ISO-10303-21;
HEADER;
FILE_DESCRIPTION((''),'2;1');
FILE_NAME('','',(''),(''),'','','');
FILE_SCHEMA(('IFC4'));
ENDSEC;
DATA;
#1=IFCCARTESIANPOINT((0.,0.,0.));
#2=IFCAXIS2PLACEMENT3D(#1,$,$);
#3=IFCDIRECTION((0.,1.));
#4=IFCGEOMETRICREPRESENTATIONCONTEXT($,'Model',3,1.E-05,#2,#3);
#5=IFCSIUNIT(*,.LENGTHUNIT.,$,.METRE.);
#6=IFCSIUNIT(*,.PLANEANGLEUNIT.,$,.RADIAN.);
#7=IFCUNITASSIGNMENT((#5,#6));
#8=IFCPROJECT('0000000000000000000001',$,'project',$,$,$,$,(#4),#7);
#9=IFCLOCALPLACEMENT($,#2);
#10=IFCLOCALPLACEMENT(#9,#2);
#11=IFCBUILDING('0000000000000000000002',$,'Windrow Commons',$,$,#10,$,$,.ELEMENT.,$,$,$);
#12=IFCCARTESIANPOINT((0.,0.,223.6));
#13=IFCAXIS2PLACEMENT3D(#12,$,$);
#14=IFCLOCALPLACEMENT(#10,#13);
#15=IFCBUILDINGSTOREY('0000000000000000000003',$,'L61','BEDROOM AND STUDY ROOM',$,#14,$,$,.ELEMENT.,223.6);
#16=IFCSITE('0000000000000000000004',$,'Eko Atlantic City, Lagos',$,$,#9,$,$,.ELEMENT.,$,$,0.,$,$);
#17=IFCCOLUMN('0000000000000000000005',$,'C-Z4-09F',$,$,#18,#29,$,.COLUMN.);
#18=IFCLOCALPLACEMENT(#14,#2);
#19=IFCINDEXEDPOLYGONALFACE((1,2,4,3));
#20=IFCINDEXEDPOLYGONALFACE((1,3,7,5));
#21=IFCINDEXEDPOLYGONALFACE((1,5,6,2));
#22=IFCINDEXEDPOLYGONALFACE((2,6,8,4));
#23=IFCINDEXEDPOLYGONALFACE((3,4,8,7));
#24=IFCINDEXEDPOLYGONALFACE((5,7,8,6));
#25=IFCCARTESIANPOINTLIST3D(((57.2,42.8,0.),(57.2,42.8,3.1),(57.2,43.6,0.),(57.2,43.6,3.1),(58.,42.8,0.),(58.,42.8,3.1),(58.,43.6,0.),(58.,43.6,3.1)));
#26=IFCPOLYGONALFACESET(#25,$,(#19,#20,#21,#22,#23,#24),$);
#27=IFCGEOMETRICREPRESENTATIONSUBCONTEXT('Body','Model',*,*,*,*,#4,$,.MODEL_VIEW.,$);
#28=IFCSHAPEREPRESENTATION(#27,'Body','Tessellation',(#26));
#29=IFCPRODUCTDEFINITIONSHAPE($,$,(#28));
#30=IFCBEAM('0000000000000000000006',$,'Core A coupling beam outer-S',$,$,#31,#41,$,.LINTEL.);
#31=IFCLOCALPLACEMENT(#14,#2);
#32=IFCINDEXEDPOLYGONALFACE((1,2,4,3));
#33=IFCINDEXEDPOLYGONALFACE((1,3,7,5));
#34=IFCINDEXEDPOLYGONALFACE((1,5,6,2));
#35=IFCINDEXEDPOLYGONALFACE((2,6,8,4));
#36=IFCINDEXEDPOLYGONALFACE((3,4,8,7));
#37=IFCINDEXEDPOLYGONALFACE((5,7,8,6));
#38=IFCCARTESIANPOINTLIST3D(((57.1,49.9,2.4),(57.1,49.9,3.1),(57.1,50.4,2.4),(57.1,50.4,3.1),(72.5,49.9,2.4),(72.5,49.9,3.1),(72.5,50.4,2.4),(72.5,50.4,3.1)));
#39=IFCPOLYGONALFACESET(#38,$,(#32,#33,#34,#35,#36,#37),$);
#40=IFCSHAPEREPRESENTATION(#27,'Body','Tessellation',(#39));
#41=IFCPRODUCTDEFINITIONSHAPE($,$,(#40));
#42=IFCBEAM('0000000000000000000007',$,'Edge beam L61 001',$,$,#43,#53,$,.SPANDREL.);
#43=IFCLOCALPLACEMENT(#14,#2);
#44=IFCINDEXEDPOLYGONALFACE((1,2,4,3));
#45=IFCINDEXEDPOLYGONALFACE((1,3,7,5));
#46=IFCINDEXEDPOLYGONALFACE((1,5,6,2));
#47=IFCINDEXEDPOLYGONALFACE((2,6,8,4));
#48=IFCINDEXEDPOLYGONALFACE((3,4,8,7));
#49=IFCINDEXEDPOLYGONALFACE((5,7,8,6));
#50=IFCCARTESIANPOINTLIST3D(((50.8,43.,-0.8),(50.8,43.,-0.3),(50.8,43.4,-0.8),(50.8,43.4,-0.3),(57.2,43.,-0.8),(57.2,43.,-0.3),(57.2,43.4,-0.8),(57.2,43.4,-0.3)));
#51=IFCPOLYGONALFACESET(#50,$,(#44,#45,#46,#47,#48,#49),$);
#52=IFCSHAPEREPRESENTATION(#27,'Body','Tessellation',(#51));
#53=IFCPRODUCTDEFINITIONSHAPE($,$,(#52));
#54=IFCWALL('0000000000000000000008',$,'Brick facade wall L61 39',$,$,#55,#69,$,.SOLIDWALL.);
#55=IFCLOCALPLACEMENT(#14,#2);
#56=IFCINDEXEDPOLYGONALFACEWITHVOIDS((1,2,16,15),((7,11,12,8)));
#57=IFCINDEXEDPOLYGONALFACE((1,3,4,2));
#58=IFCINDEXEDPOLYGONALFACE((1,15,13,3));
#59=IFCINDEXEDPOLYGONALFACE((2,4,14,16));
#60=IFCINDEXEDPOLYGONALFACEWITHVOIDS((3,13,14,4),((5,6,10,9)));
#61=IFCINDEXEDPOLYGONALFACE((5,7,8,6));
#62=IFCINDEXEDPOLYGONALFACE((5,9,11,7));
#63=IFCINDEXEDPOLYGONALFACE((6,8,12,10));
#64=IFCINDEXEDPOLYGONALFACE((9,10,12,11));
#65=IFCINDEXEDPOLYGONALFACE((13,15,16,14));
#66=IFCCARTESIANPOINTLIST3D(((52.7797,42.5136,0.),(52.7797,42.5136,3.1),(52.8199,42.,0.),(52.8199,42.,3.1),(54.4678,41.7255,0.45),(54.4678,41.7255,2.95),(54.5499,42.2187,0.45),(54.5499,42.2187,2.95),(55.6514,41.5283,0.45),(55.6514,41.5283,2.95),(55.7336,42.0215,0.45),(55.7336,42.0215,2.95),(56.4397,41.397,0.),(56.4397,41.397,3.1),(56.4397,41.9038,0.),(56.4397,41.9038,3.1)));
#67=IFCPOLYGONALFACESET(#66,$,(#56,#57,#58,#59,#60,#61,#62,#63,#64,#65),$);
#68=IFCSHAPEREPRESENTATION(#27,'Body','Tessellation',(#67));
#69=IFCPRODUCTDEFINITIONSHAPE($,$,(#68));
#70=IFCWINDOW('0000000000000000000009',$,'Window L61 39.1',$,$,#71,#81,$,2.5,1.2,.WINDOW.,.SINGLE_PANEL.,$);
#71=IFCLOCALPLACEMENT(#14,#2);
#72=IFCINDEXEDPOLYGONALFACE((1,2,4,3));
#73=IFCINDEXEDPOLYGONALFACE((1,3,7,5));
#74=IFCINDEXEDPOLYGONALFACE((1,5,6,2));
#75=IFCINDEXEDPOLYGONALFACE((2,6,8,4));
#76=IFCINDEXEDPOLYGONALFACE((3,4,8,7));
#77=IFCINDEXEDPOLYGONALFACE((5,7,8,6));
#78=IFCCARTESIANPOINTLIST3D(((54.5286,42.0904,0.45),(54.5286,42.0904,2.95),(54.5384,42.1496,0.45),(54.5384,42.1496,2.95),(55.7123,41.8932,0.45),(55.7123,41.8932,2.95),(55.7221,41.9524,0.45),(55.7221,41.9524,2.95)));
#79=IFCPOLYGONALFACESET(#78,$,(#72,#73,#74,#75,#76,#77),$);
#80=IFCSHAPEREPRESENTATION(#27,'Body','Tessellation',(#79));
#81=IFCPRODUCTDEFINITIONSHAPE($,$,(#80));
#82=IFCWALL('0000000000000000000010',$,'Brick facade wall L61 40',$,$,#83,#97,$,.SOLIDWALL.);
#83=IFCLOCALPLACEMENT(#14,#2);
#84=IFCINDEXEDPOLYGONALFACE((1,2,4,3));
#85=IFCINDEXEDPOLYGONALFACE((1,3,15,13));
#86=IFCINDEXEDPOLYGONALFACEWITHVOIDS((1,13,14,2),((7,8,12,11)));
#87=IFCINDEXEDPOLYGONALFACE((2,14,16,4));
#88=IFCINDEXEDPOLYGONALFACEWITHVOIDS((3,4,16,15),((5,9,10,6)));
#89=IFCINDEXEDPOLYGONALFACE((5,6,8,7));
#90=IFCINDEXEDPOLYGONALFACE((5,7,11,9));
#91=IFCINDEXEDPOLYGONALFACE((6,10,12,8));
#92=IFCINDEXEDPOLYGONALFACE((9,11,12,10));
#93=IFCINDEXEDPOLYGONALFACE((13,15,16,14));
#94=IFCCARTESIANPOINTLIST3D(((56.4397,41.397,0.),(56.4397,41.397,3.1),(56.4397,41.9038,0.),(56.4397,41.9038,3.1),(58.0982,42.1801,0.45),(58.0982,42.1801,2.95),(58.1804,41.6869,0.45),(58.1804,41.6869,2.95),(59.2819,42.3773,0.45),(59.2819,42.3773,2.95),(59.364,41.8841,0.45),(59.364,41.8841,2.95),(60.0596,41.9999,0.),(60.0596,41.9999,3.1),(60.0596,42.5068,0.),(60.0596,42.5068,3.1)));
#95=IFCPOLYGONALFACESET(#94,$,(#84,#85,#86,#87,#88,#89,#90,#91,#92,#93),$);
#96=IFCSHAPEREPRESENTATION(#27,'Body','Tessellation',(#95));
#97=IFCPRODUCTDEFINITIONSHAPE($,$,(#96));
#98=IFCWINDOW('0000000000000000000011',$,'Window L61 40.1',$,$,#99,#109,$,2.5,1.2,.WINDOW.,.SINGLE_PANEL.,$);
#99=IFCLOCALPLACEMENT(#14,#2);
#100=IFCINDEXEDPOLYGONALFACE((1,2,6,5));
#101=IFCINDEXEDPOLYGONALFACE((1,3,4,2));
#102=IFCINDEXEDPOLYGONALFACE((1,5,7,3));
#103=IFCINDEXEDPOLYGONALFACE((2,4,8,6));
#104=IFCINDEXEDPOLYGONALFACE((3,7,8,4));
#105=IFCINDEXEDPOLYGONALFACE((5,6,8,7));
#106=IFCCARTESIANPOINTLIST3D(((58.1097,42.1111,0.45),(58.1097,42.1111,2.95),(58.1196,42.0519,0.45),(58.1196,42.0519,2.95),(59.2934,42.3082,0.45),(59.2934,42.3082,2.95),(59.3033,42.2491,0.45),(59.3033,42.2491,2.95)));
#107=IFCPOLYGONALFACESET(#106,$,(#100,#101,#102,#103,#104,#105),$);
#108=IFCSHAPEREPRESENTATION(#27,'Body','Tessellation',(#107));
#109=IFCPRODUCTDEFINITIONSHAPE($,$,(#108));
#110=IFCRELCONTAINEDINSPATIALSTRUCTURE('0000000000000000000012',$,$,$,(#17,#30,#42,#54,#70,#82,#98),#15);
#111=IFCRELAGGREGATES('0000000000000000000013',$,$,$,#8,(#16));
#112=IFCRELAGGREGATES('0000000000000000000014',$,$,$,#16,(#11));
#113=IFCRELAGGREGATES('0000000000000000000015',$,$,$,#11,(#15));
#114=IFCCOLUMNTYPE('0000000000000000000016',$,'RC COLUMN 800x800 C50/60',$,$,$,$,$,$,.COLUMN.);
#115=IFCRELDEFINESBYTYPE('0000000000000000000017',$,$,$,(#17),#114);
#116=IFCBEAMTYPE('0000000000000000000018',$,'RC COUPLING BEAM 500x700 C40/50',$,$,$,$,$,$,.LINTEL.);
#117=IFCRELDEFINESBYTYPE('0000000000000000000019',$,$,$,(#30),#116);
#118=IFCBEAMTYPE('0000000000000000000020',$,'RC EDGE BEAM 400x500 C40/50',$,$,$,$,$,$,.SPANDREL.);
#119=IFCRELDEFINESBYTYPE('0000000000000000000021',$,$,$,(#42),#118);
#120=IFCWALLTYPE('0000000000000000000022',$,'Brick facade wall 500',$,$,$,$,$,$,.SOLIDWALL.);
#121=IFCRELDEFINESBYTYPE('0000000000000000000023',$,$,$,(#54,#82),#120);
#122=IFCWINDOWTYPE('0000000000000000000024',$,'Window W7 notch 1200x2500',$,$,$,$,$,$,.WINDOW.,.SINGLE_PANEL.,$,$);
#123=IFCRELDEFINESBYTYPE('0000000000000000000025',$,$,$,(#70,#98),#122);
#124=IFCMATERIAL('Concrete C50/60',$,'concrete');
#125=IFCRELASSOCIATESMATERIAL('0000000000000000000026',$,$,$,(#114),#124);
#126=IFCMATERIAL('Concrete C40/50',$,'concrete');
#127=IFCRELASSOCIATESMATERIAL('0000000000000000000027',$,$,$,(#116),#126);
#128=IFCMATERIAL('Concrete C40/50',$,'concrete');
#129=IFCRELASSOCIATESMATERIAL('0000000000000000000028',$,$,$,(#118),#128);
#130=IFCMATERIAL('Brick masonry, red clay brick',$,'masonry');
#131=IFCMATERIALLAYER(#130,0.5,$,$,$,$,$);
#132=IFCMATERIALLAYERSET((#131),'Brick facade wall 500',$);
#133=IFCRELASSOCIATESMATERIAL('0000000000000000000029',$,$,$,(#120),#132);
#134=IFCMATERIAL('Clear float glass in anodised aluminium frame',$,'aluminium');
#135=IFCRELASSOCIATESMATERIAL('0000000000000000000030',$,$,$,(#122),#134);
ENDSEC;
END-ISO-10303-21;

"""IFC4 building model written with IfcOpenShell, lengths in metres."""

from ifc_helpers import new_model, si_unit, direction, frame, frame_2d, origin, origin_2d, place, context, subcontext, project, spatial, polyline, rectangle, outline, extrude, material, layer, layer_set, material_profile, profile_set, type_object, element, fill, save


model = new_model("IFC4")

# Units and contexts
model_context = context("Model", 3, precision=1e-05, world=origin(), true_north=direction((0.0, 1.0)))
body_context = subcontext(model_context, "Body", "Model", "MODEL_VIEW")
ifc_project = project(units=[si_unit("LENGTHUNIT", "METRE"), si_unit("PLANEANGLEUNIT", "RADIAN")], contexts=[model_context])

# Site, building, storey
site_placement = place(None, origin())
site = spatial("IfcSite", under=ifc_project, at=site_placement, Name="Eko Atlantic City, Lagos", CompositionType="ELEMENT", RefElevation=0.0)
building_placement = place(site_placement, origin())
building = spatial("IfcBuilding", under=site, at=building_placement, Name="Windrow Commons", CompositionType="ELEMENT")
storey_placement = place(building_placement, frame((0.0, 0.0, 223.6)))
storey = spatial("IfcBuildingStorey", under=building, at=storey_placement, Name="L61", Description="BEDROOM AND STUDY ROOM", CompositionType="ELEMENT", Elevation=223.6)

# Column
ifc_material_1 = material(Name="Concrete C50/60", Category="concrete")
ifc_material_profile_1 = material_profile(ifc_material_1, rectangle(XDim=0.8, YDim=0.8, at=origin_2d()))
ifc_profile_set_1 = profile_set([ifc_material_profile_1], Name="Concrete C50/60")
column_type = type_object("IfcColumnType", Name="RC COLUMN 800x800 C50/60", PredefinedType="COLUMN", material=ifc_profile_set_1)
column_placement = place(storey_placement, frame((57.6, 43.2, 0.0), z_axis=(0.0, 0.0, 1.0), x_axis=(1.0, 0.0, 0.0)))
element("IfcColumn", 1, at=column_placement, inside=storey, type_object=column_type, Name="C-Z4-09F", PredefinedType="COLUMN", context=body_context, shape_type="SweptSolid", body=[
    extrude(rectangle(XDim=0.8, YDim=0.8, at=origin_2d()), origin(), (0.0, 0.0, 1.0), 3.1),
])

# Beams
ifc_material_2 = material(Name="Concrete C40/50", Category="concrete")
ifc_material_profile_2 = material_profile(ifc_material_2, rectangle(XDim=0.5, YDim=0.7, at=origin_2d()))
ifc_profile_set_2 = profile_set([ifc_material_profile_2], Name="Concrete C40/50")
beam_type_1 = type_object("IfcBeamType", Name="RC COUPLING BEAM 500x700 C40/50", PredefinedType="LINTEL", material=ifc_profile_set_2)
beam_1_placement = place(storey_placement, frame((57.1, 50.15, 2.75), z_axis=(1.0, 0.0, 0.0), x_axis=(0.0, 1.0, 0.0)))
element("IfcBeam", 2, at=beam_1_placement, inside=storey, type_object=beam_type_1, Name="Core A coupling beam outer-S", PredefinedType="LINTEL", context=body_context, shape_type="SweptSolid", body=[
    extrude(rectangle(XDim=0.5, YDim=0.7, at=origin_2d()), origin(), (0.0, 0.0, 1.0), 15.4),
])
ifc_material_3 = material(Name="Concrete C40/50", Category="concrete")
ifc_material_profile_3 = material_profile(ifc_material_3, rectangle(XDim=0.4, YDim=0.5, at=origin_2d()))
ifc_profile_set_3 = profile_set([ifc_material_profile_3], Name="Concrete C40/50")
beam_type_2 = type_object("IfcBeamType", Name="RC EDGE BEAM 400x500 C40/50", PredefinedType="SPANDREL", material=ifc_profile_set_3)
beam_2_placement = place(storey_placement, frame((57.2, 43.2, -0.55), z_axis=(-1.0, 0.0, 0.0), x_axis=(0.0, -1.0, 0.0)))
element("IfcBeam", 3, at=beam_2_placement, inside=storey, type_object=beam_type_2, Name="Edge beam L61 001", PredefinedType="SPANDREL", context=body_context, shape_type="SweptSolid", body=[
    extrude(rectangle(XDim=0.4, YDim=0.5, at=origin_2d()), origin(), (0.0, 0.0, 1.0), 6.4),
])

# Walls, openings, windows
ifc_material_4 = material(Name="Brick masonry, red clay brick", Category="masonry")
ifc_layer_1 = layer(ifc_material_4, 0.5)
ifc_layer_set_1 = layer_set([ifc_layer_1], Name="Brick facade wall 500")
wall_type_1 = type_object("IfcWallType", Name="Brick facade wall 500", PredefinedType="SOLIDWALL", material=ifc_layer_set_1)
wall_1_placement = place(storey_placement, frame((52.7998, 42.2568, 0.0), z_axis=(0.0, 0.0, 1.0), x_axis=(0.986405, -0.164333, 0.0)))
wall_1 = element("IfcWall", 4, at=wall_1_placement, inside=storey, type_object=wall_type_1, Name="Brick facade wall L61 39", PredefinedType="SOLIDWALL", context=body_context, shape_type="SweptSolid", body=[
    extrude(outline(polyline([(0.062, -0.25), (3.7317, -0.25), (3.6484, 0.25), (-0.062, 0.25), (0.062, -0.25)])), origin(), (0.0, 0.0, 1.0), 3.1),
])
opening_1_placement = place(wall_1_placement, frame((1.7326, 0.0, 0.45)))
opening_1 = element("IfcOpeningElement", 5, at=opening_1_placement, cuts=wall_1, PredefinedType="OPENING", context=body_context, shape_type="SweptSolid", body=[
    extrude(rectangle(XDim=1.2, YDim=2.5, at=frame_2d((0.6, 1.25))), frame((0.0, 0.26, 0.0), z_axis=(0.0, -1.0, 0.0), x_axis=(1.0, 0.0, 0.0)), (0.0, 0.0, 1.0), 0.52),
])
ifc_material_5 = material(Name="Clear float glass in anodised aluminium frame", Category="aluminium")
window_type = type_object("IfcWindowType", Name="Window W7 notch 1200x2500", PartitioningType="SINGLE_PANEL", PredefinedType="WINDOW", material=ifc_material_5)
window_1_placement = place(opening_1_placement, origin())
window_1 = element("IfcWindow", 6, at=window_1_placement, inside=storey, type_object=window_type, Name="Window L61 39.1", OverallHeight=2.5, OverallWidth=1.2, PartitioningType="SINGLE_PANEL", PredefinedType="WINDOW", context=body_context, shape_type="SweptSolid", body=[
    extrude(rectangle(XDim=1.2, YDim=2.5, at=frame_2d((0.6, 1.25))), frame((0.0, 0.18, 0.0), z_axis=(0.0, -1.0, 0.0), x_axis=(1.0, 0.0, 0.0)), (0.0, 0.0, 1.0), 0.06),
])
fill(opening_1, window_1)
wall_2_placement = place(storey_placement, frame((56.4397, 41.6504, 0.0), z_axis=(0.0, 0.0, 1.0), x_axis=(0.986408, 0.164315, 0.0)))
wall_2 = element("IfcWall", 7, at=wall_2_placement, inside=storey, type_object=wall_type_1, Name="Brick facade wall L61 40", PredefinedType="SOLIDWALL", context=body_context, shape_type="SweptSolid", body=[
    extrude(outline(polyline([(-0.0416, -0.25), (3.6281, -0.25), (3.7114, 0.25), (0.0416, 0.25), (-0.0416, -0.25)])), origin(), (0.0, 0.0, 1.0), 3.1),
])
opening_2_placement = place(wall_2_placement, frame((1.723, 0.0, 0.45)))
opening_2 = element("IfcOpeningElement", 8, at=opening_2_placement, cuts=wall_2, PredefinedType="OPENING", context=body_context, shape_type="SweptSolid", body=[
    extrude(rectangle(XDim=1.2, YDim=2.5, at=frame_2d((0.6, 1.25))), frame((0.0, 0.26, 0.0), z_axis=(0.0, -1.0, 0.0), x_axis=(1.0, 0.0, 0.0)), (0.0, 0.0, 1.0), 0.52),
])
window_2_placement = place(opening_2_placement, origin())
window_2 = element("IfcWindow", 9, at=window_2_placement, inside=storey, type_object=window_type, Name="Window L61 40.1", OverallHeight=2.5, OverallWidth=1.2, PartitioningType="SINGLE_PANEL", PredefinedType="WINDOW", context=body_context, shape_type="SweptSolid", body=[
    extrude(rectangle(XDim=1.2, YDim=2.5, at=frame_2d((0.6, 1.25))), frame((0.0, 0.18, 0.0), z_axis=(0.0, -1.0, 0.0), x_axis=(1.0, 0.0, 0.0)), (0.0, 0.0, 1.0), 0.06),
])
fill(opening_2, window_2)

save(model, "model.ifc")
